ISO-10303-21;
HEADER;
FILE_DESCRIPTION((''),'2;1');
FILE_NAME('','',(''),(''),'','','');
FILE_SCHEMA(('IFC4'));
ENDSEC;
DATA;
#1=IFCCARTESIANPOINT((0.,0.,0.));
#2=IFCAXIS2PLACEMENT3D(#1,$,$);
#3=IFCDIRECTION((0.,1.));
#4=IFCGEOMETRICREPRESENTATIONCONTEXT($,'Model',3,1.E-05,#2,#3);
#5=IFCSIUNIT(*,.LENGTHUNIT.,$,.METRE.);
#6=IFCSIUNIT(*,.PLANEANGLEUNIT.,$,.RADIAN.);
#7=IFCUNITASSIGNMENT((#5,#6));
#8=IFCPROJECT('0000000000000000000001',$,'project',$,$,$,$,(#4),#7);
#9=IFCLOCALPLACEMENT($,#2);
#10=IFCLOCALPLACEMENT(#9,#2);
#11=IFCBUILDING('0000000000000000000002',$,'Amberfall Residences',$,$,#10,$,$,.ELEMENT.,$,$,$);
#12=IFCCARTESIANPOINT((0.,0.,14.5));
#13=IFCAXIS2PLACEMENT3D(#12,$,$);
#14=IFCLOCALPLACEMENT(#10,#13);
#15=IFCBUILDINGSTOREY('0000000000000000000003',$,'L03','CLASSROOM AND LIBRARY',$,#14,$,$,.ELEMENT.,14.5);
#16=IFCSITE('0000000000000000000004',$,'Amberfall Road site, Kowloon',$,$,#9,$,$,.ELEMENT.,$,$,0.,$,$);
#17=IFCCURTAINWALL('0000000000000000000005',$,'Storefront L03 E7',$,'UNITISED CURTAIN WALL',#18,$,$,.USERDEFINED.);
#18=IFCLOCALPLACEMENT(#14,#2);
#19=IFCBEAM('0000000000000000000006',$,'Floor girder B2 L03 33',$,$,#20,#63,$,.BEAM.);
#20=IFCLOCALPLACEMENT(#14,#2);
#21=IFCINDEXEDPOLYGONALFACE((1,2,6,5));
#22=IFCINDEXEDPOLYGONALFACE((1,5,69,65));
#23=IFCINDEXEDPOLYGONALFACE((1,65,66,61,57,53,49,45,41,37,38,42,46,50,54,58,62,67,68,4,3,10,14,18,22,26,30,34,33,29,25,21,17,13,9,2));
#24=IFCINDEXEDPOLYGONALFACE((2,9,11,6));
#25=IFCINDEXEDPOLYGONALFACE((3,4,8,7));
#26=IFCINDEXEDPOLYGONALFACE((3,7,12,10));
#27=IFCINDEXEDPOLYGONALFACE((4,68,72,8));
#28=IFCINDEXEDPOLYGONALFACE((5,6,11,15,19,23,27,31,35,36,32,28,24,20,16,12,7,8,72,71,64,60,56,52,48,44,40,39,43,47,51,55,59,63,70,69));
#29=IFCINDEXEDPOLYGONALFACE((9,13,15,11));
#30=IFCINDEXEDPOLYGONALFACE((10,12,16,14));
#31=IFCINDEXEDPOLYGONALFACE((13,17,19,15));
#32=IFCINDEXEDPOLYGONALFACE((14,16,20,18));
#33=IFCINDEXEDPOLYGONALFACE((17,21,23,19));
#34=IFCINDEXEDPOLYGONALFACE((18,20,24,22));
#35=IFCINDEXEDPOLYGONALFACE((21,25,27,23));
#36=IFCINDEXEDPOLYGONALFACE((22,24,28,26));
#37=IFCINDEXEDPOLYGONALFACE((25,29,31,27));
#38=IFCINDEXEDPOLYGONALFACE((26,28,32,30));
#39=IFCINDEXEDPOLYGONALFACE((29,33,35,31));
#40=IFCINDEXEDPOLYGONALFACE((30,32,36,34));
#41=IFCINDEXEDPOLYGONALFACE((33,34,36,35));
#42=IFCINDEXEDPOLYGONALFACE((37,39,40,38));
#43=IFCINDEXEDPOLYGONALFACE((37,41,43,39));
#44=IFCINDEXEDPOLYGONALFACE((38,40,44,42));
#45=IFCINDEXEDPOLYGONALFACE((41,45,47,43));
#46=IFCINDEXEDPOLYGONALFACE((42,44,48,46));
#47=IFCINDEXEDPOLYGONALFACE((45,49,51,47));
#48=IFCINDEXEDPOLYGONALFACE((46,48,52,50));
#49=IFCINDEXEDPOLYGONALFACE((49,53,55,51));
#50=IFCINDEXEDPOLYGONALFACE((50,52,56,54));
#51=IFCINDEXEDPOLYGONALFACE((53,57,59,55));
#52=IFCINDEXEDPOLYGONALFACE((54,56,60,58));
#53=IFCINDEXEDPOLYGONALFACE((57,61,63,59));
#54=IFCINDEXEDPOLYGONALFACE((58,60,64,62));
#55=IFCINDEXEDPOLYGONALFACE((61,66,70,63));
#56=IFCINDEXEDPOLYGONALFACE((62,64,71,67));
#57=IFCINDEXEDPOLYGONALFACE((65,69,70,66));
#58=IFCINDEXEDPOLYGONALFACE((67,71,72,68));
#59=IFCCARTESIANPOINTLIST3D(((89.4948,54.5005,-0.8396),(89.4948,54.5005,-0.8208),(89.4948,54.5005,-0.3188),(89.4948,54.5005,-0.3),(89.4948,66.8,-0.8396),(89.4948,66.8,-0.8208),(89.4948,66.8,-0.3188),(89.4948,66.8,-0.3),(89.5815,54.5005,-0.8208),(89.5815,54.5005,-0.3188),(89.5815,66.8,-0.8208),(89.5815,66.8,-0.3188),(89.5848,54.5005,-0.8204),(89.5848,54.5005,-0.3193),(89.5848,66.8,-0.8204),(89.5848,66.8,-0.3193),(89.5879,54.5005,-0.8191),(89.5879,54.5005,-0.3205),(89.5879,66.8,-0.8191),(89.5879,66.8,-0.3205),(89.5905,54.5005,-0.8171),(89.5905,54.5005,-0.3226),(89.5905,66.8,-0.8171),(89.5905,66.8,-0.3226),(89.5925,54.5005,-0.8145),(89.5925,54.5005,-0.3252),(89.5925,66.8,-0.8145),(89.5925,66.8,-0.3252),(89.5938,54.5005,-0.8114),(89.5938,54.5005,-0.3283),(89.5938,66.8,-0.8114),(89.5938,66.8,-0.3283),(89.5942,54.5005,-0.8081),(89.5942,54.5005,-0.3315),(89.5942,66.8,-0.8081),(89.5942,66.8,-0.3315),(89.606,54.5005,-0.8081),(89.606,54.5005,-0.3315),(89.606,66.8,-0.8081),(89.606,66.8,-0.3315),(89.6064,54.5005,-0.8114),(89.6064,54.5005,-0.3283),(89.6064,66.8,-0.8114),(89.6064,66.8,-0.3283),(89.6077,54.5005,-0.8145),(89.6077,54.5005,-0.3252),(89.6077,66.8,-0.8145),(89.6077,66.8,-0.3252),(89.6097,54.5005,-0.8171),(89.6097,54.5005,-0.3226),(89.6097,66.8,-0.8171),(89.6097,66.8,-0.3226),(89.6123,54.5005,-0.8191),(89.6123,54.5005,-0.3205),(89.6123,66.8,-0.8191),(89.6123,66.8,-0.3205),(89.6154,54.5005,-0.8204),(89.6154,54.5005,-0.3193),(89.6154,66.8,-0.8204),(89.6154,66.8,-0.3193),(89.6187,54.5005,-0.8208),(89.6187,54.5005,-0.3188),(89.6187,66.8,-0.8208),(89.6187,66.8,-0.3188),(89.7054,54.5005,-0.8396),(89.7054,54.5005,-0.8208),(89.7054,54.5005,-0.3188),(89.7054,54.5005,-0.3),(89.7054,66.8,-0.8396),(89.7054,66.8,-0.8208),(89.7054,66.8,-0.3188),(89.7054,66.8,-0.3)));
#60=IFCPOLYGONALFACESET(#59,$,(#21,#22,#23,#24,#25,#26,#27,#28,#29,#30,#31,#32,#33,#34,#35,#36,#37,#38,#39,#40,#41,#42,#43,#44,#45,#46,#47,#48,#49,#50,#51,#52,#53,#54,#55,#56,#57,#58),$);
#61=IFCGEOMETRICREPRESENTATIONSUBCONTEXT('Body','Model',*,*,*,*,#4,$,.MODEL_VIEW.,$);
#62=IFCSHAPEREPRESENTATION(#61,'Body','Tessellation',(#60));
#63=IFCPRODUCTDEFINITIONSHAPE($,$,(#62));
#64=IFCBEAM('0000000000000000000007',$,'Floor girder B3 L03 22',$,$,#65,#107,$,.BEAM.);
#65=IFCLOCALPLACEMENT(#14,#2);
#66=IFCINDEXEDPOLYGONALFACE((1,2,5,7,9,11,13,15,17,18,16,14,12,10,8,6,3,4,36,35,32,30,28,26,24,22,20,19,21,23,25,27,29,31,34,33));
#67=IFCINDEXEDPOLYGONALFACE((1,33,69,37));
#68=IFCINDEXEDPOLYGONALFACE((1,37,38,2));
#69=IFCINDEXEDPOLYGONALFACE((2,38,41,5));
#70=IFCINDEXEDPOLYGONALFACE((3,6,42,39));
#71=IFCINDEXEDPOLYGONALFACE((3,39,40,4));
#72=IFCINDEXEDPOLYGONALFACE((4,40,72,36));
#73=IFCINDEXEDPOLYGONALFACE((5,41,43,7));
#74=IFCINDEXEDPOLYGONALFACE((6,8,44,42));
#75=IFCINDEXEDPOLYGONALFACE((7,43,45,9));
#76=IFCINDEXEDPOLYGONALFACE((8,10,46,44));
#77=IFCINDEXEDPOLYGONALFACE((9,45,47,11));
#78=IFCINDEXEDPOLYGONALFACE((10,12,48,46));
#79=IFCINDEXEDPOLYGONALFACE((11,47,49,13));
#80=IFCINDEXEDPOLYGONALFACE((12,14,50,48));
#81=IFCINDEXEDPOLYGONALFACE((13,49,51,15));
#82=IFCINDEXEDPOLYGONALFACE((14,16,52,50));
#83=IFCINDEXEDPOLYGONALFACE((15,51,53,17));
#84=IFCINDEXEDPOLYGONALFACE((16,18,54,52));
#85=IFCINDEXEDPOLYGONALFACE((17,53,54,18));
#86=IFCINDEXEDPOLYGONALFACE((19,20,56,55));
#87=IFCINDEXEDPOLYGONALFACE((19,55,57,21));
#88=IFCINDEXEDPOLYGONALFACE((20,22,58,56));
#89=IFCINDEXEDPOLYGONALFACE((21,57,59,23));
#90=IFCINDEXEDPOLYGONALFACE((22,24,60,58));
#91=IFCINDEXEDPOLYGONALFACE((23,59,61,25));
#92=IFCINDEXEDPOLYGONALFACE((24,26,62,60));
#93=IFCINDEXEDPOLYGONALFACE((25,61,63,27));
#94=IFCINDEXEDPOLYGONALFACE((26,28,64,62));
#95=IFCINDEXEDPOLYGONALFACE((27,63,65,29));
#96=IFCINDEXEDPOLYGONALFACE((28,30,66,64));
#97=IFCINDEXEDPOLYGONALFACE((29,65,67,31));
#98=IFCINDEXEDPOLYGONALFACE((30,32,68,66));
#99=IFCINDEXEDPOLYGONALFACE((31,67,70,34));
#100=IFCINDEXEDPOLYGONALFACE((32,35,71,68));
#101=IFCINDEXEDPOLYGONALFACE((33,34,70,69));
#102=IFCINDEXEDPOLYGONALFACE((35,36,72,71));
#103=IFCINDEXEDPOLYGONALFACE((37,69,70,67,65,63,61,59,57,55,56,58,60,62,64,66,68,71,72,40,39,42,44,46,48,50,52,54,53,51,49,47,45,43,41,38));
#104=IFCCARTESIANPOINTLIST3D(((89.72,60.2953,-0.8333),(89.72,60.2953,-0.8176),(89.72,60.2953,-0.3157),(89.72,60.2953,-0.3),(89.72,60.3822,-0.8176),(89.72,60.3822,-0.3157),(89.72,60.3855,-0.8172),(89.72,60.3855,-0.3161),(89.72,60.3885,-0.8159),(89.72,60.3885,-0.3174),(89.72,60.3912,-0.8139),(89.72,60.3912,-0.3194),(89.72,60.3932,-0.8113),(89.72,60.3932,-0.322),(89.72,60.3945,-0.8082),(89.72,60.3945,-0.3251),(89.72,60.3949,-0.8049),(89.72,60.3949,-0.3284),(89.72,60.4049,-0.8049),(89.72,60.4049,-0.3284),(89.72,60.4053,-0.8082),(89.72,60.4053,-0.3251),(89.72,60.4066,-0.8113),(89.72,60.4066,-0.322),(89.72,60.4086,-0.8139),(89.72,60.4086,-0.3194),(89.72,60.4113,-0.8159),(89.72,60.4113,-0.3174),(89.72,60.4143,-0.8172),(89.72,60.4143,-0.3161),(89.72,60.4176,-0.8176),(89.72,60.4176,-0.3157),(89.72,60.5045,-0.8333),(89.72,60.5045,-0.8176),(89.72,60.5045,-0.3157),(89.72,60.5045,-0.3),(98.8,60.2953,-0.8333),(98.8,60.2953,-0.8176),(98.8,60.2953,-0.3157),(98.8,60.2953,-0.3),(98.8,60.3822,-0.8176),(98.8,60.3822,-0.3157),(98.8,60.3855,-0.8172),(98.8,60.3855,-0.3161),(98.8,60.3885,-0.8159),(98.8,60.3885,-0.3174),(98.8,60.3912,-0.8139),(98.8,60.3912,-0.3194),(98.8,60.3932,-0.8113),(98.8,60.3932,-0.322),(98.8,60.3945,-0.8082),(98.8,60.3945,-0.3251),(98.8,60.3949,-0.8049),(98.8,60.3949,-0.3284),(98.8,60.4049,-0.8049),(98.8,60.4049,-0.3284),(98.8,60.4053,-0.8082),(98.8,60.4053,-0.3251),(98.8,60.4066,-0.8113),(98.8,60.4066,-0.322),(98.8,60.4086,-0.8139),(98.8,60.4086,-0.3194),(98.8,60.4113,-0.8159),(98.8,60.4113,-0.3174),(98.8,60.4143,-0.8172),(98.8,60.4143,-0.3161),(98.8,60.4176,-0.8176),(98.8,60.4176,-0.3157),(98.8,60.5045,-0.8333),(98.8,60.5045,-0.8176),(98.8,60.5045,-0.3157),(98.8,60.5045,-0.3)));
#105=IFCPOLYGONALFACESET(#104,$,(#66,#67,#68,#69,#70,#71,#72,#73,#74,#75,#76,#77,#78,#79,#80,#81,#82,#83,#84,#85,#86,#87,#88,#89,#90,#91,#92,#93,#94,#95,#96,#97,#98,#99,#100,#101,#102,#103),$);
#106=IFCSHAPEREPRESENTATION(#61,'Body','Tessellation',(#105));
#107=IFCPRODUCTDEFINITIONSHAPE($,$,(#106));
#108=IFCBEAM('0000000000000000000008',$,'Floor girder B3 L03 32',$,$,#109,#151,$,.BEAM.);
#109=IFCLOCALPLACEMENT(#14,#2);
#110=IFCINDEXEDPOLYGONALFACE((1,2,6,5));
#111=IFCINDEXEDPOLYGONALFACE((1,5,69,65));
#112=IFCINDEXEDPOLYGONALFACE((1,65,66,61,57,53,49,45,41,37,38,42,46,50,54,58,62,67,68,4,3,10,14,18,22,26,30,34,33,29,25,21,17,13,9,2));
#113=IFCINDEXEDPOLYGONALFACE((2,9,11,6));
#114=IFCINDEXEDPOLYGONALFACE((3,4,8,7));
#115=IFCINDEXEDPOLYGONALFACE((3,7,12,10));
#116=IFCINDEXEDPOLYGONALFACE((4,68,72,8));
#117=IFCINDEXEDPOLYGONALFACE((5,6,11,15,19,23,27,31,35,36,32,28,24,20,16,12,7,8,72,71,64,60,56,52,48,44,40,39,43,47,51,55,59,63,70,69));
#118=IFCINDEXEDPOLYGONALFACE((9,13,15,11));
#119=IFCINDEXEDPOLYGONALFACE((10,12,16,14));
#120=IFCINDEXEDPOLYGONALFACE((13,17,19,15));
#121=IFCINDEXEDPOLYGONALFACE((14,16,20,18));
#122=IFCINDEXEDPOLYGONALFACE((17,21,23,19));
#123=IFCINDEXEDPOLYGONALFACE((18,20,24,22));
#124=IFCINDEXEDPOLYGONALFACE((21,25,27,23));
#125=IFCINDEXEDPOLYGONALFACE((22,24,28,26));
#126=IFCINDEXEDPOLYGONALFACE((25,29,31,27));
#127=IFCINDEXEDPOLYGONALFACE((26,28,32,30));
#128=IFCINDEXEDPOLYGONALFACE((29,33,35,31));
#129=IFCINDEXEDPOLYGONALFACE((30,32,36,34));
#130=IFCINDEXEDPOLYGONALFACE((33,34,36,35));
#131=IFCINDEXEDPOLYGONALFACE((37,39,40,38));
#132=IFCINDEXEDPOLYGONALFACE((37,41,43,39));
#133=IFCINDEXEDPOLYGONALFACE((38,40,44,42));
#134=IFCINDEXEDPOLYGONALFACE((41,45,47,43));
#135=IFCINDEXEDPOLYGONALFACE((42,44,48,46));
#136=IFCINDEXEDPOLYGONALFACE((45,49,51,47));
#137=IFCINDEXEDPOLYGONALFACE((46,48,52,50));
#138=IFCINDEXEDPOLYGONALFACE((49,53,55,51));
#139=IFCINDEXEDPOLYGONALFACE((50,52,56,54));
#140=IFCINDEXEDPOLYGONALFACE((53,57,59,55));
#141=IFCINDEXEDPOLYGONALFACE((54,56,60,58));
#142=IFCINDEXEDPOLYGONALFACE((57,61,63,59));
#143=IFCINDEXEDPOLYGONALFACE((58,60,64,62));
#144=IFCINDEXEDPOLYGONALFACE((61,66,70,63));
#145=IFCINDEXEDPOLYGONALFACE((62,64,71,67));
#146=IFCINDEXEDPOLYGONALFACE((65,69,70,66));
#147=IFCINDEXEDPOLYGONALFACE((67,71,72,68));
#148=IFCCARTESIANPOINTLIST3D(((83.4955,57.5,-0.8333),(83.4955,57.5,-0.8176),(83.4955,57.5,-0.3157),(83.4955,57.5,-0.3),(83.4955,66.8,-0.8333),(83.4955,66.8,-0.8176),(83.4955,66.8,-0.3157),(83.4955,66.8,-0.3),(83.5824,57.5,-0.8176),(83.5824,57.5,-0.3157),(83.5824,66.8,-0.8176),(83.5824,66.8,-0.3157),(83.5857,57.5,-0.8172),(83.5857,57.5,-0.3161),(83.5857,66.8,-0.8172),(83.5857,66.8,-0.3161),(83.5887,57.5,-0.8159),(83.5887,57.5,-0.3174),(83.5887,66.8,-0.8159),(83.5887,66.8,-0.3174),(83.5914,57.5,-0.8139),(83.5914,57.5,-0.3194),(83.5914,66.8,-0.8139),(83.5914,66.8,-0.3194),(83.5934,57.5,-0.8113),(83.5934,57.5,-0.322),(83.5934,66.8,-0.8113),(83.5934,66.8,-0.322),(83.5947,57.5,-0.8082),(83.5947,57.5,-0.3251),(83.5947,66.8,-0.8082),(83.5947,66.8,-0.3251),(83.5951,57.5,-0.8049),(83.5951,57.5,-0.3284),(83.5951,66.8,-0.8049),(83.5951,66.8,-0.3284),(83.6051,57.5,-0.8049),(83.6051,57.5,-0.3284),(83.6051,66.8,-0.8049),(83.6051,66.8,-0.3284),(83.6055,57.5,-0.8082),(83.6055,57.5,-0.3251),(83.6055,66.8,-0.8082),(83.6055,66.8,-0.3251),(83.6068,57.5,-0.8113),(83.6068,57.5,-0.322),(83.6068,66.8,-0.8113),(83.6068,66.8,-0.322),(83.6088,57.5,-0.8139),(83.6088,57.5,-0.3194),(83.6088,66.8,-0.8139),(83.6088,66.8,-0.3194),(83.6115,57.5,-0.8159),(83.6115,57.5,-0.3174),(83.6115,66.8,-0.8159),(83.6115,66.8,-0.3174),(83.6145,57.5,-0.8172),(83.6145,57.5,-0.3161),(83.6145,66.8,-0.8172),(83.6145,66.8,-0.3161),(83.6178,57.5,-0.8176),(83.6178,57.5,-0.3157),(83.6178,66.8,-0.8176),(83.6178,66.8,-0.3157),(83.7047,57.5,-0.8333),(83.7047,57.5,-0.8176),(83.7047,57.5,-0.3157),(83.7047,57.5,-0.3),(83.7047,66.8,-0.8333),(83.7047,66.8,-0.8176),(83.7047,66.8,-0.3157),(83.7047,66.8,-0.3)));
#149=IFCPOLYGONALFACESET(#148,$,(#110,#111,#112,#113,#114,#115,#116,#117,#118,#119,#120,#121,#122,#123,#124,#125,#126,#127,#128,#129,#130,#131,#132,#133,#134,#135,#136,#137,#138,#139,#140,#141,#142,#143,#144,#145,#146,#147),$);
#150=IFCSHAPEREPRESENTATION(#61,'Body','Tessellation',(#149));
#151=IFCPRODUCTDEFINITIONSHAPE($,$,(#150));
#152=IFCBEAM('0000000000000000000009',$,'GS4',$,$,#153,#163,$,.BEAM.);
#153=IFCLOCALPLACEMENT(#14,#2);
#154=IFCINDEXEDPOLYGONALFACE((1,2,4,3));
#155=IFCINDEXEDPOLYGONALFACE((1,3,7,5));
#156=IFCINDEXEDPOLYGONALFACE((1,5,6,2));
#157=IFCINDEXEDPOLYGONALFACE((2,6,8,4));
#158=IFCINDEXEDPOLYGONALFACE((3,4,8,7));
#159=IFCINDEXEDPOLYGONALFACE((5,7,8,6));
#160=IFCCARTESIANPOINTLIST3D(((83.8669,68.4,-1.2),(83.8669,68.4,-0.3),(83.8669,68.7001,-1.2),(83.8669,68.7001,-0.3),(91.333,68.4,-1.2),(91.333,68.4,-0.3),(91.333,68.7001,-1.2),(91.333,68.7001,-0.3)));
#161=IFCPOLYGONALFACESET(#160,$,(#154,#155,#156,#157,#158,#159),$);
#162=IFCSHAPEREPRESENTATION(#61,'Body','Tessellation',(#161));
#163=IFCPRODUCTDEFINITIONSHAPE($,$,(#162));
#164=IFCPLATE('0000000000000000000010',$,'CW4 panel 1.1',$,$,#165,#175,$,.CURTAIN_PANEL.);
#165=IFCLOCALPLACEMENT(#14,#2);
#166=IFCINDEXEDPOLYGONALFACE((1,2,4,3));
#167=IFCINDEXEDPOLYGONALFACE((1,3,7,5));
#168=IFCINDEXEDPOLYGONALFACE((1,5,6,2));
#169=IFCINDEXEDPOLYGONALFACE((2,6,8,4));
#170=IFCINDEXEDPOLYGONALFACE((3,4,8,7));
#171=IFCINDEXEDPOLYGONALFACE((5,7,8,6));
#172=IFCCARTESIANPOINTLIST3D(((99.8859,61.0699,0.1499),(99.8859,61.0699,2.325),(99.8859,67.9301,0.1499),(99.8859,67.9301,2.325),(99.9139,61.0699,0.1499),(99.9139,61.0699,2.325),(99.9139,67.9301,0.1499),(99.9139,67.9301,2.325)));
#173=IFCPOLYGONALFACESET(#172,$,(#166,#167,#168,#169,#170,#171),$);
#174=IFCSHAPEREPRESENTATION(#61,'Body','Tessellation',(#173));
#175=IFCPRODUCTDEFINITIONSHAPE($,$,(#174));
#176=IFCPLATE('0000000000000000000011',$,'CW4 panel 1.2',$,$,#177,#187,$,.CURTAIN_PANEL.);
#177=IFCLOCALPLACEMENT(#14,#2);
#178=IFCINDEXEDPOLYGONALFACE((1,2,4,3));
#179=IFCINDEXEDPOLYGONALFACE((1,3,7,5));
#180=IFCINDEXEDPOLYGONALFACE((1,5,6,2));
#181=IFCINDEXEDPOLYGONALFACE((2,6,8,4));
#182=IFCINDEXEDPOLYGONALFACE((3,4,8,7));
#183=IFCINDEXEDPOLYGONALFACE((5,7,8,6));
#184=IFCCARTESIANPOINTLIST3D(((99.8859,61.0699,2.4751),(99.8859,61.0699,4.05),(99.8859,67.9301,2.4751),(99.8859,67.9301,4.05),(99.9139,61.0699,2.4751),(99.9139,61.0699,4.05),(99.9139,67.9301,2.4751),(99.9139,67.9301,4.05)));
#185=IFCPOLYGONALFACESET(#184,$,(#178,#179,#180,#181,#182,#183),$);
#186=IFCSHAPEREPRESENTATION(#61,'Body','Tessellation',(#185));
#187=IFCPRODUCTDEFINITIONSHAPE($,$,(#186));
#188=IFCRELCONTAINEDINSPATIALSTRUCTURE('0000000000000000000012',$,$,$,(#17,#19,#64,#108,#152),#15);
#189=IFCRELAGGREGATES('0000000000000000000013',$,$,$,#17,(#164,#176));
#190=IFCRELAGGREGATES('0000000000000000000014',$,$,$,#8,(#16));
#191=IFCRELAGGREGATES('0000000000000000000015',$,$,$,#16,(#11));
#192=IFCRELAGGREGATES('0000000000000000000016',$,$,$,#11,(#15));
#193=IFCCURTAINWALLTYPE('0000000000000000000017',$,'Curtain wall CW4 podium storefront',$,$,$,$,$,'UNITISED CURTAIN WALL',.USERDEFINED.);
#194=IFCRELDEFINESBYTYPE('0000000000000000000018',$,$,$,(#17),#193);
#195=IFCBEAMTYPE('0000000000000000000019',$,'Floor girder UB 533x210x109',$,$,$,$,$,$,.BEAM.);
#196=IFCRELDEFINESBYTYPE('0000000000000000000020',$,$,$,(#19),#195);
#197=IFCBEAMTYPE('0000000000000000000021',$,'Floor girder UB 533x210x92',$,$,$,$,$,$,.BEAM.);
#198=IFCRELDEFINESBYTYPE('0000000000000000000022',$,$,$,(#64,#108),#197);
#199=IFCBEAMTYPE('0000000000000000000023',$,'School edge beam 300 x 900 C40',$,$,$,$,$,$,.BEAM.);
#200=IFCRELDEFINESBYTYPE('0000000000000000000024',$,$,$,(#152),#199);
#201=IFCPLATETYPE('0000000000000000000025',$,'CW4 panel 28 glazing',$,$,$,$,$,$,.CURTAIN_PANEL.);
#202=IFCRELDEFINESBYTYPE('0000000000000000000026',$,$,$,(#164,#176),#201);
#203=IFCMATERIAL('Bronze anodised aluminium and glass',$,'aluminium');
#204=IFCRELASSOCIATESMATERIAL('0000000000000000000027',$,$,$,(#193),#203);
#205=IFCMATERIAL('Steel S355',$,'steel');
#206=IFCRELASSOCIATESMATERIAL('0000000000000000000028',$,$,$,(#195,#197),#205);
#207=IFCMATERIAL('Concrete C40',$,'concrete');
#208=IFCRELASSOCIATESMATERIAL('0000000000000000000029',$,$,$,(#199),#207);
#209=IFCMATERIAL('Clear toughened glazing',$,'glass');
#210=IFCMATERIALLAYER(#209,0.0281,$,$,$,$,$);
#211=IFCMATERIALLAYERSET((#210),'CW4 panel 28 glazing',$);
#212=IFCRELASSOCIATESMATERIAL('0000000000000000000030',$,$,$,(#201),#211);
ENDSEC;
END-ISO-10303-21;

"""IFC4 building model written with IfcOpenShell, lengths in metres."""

from ifc_helpers import new_model, si_unit, direction, frame, origin, origin_2d, place, context, subcontext, project, spatial, rectangle, i_section, extrude, material, layer, layer_set, material_profile, profile_set, type_object, element, aggregate, save


model = new_model("IFC4")

# Units and contexts
model_context = context("Model", 3, precision=1e-05, world=origin(), true_north=direction((0.0, 1.0)))
body_context = subcontext(model_context, "Body", "Model", "MODEL_VIEW")
ifc_project = project(units=[si_unit("LENGTHUNIT", "METRE"), si_unit("PLANEANGLEUNIT", "RADIAN")], contexts=[model_context])

# Site, building, storey
site_placement = place(None, origin())
site = spatial("IfcSite", under=ifc_project, at=site_placement, Name="Amberfall Road site, Kowloon", CompositionType="ELEMENT", RefElevation=0.0)
building_placement = place(site_placement, origin())
building = spatial("IfcBuilding", under=site, at=building_placement, Name="Amberfall Residences", CompositionType="ELEMENT")
storey_placement = place(building_placement, frame((0.0, 0.0, 14.5)))
storey = spatial("IfcBuildingStorey", under=building, at=storey_placement, Name="L03", Description="CLASSROOM AND LIBRARY", CompositionType="ELEMENT", Elevation=14.5)

# Curtain wall
ifc_material_1 = material(Name="Bronze anodised aluminium and glass", Category="aluminium")
curtain_wall_type = type_object("IfcCurtainWallType", Name="Curtain wall CW4 podium storefront", ElementType="UNITISED CURTAIN WALL", PredefinedType="USERDEFINED", material=ifc_material_1)
curtain_wall_placement = place(storey_placement, origin())
curtain_wall = element("IfcCurtainWall", 1, at=curtain_wall_placement, inside=storey, type_object=curtain_wall_type, Name="Storefront L03 E7", ObjectType="UNITISED CURTAIN WALL", PredefinedType="USERDEFINED")

# Beams
ifc_material_2 = material(Name="Steel S355", Category="steel")
ifc_material_profile_1 = material_profile(ifc_material_2, i_section(OverallWidth=0.2107, OverallDepth=0.5396, WebThickness=0.0117, FlangeThickness=0.0188, FilletRadius=0.0127, at=origin_2d()), Name="UB 533x210x109")
ifc_profile_set_1 = profile_set([ifc_material_profile_1], Name="Steel S355")
beam_type_1 = type_object("IfcBeamType", Name="Floor girder UB 533x210x109", PredefinedType="BEAM", material=ifc_profile_set_1)
beam_1_placement = place(storey_placement, frame((89.6001, 66.8, -0.5698), z_axis=(0.0, -1.0, 0.0), x_axis=(1.0, 0.0, 0.0)))
element("IfcBeam", 2, at=beam_1_placement, inside=storey, type_object=beam_type_1, Name="Floor girder B2 L03 33", PredefinedType="BEAM", context=body_context, shape_type="SweptSolid", body=[
    extrude(i_section(OverallWidth=0.2107, OverallDepth=0.5396, WebThickness=0.0117, FlangeThickness=0.0188, FilletRadius=0.0127, at=origin_2d()), origin(), (0.0, 0.0, 1.0), 12.2996),
])
ifc_material_profile_2 = material_profile(ifc_material_2, i_section(OverallWidth=0.2092, OverallDepth=0.5332, WebThickness=0.01, FlangeThickness=0.0156, FilletRadius=0.0127, at=origin_2d()), Name="UB 533x210x92")
ifc_profile_set_2 = profile_set([ifc_material_profile_2], Name="Steel S355")
beam_type_2 = type_object("IfcBeamType", Name="Floor girder UB 533x210x92", PredefinedType="BEAM", material=ifc_profile_set_2)
beam_2_placement = place(storey_placement, frame((98.8, 60.3999, -0.5667), z_axis=(-1.0, 0.0, 0.0), x_axis=(0.0, -1.0, 0.0)))
element("IfcBeam", 3, at=beam_2_placement, inside=storey, type_object=beam_type_2, Name="Floor girder B3 L03 22", PredefinedType="BEAM", context=body_context, shape_type="SweptSolid", body=[
    extrude(i_section(OverallWidth=0.2092, OverallDepth=0.5332, WebThickness=0.01, FlangeThickness=0.0156, FilletRadius=0.0127, at=origin_2d()), origin(), (0.0, 0.0, 1.0), 9.0801),
])
beam_3_placement = place(storey_placement, frame((83.6001, 66.8, -0.5667), z_axis=(0.0, -1.0, 0.0), x_axis=(1.0, 0.0, 0.0)))
element("IfcBeam", 4, at=beam_3_placement, inside=storey, type_object=beam_type_2, Name="Floor girder B3 L03 32", PredefinedType="BEAM", context=body_context, shape_type="SweptSolid", body=[
    extrude(i_section(OverallWidth=0.2092, OverallDepth=0.5332, WebThickness=0.01, FlangeThickness=0.0156, FilletRadius=0.0127, at=origin_2d()), origin(), (0.0, 0.0, 1.0), 9.3),
])
ifc_material_3 = material(Name="Concrete C40", Category="concrete")
ifc_material_profile_3 = material_profile(ifc_material_3, rectangle(XDim=0.3, YDim=0.8999, at=origin_2d()), Name="School edge beam 300 x 900 C40")
ifc_profile_set_3 = profile_set([ifc_material_profile_3], Name="Concrete C40")
beam_type_3 = type_object("IfcBeamType", Name="School edge beam 300 x 900 C40", PredefinedType="BEAM", material=ifc_profile_set_3)
beam_4_placement = place(storey_placement, frame((83.8669, 68.55, -0.75), z_axis=(1.0, 0.0, 0.0), x_axis=(0.0, 1.0, 0.0)))
element("IfcBeam", 5, at=beam_4_placement, inside=storey, type_object=beam_type_3, Name="GS4", PredefinedType="BEAM", context=body_context, shape_type="SweptSolid", body=[
    extrude(rectangle(XDim=0.3, YDim=0.8999, at=origin_2d()), origin(), (0.0, 0.0, 1.0), 7.4661),
])

# Plates
ifc_material_4 = material(Name="Clear toughened glazing", Category="glass")
ifc_layer_1 = layer(ifc_material_4, 0.0281)
ifc_layer_set_1 = layer_set([ifc_layer_1], Name="CW4 panel 28 glazing")
plate_type = type_object("IfcPlateType", Name="CW4 panel 28 glazing", PredefinedType="CURTAIN_PANEL", material=ifc_layer_set_1)
plate_1_placement = place(storey_placement, frame((99.8999, 64.5, 0.1499), z_axis=(0.0, 0.0, 1.0), x_axis=(0.0, 1.0, 0.0)))
plate_1 = element("IfcPlate", 6, at=plate_1_placement, type_object=plate_type, Name="CW4 panel 1.1", PredefinedType="CURTAIN_PANEL", context=body_context, shape_type="SweptSolid", body=[
    extrude(rectangle(XDim=6.8601, YDim=0.0281, at=origin_2d()), origin(), (0.0, 0.0, 1.0), 2.175),
])
plate_2_placement = place(storey_placement, frame((99.8999, 64.5, 2.4751), z_axis=(0.0, 0.0, 1.0), x_axis=(0.0, 1.0, 0.0)))
plate_2 = element("IfcPlate", 7, at=plate_2_placement, type_object=plate_type, Name="CW4 panel 1.2", PredefinedType="CURTAIN_PANEL", context=body_context, shape_type="SweptSolid", body=[
    extrude(rectangle(XDim=6.8601, YDim=0.0281, at=origin_2d()), origin(), (0.0, 0.0, 1.0), 1.575),
])
aggregate(curtain_wall, [plate_1, plate_2])

save(model, "model.ifc")
